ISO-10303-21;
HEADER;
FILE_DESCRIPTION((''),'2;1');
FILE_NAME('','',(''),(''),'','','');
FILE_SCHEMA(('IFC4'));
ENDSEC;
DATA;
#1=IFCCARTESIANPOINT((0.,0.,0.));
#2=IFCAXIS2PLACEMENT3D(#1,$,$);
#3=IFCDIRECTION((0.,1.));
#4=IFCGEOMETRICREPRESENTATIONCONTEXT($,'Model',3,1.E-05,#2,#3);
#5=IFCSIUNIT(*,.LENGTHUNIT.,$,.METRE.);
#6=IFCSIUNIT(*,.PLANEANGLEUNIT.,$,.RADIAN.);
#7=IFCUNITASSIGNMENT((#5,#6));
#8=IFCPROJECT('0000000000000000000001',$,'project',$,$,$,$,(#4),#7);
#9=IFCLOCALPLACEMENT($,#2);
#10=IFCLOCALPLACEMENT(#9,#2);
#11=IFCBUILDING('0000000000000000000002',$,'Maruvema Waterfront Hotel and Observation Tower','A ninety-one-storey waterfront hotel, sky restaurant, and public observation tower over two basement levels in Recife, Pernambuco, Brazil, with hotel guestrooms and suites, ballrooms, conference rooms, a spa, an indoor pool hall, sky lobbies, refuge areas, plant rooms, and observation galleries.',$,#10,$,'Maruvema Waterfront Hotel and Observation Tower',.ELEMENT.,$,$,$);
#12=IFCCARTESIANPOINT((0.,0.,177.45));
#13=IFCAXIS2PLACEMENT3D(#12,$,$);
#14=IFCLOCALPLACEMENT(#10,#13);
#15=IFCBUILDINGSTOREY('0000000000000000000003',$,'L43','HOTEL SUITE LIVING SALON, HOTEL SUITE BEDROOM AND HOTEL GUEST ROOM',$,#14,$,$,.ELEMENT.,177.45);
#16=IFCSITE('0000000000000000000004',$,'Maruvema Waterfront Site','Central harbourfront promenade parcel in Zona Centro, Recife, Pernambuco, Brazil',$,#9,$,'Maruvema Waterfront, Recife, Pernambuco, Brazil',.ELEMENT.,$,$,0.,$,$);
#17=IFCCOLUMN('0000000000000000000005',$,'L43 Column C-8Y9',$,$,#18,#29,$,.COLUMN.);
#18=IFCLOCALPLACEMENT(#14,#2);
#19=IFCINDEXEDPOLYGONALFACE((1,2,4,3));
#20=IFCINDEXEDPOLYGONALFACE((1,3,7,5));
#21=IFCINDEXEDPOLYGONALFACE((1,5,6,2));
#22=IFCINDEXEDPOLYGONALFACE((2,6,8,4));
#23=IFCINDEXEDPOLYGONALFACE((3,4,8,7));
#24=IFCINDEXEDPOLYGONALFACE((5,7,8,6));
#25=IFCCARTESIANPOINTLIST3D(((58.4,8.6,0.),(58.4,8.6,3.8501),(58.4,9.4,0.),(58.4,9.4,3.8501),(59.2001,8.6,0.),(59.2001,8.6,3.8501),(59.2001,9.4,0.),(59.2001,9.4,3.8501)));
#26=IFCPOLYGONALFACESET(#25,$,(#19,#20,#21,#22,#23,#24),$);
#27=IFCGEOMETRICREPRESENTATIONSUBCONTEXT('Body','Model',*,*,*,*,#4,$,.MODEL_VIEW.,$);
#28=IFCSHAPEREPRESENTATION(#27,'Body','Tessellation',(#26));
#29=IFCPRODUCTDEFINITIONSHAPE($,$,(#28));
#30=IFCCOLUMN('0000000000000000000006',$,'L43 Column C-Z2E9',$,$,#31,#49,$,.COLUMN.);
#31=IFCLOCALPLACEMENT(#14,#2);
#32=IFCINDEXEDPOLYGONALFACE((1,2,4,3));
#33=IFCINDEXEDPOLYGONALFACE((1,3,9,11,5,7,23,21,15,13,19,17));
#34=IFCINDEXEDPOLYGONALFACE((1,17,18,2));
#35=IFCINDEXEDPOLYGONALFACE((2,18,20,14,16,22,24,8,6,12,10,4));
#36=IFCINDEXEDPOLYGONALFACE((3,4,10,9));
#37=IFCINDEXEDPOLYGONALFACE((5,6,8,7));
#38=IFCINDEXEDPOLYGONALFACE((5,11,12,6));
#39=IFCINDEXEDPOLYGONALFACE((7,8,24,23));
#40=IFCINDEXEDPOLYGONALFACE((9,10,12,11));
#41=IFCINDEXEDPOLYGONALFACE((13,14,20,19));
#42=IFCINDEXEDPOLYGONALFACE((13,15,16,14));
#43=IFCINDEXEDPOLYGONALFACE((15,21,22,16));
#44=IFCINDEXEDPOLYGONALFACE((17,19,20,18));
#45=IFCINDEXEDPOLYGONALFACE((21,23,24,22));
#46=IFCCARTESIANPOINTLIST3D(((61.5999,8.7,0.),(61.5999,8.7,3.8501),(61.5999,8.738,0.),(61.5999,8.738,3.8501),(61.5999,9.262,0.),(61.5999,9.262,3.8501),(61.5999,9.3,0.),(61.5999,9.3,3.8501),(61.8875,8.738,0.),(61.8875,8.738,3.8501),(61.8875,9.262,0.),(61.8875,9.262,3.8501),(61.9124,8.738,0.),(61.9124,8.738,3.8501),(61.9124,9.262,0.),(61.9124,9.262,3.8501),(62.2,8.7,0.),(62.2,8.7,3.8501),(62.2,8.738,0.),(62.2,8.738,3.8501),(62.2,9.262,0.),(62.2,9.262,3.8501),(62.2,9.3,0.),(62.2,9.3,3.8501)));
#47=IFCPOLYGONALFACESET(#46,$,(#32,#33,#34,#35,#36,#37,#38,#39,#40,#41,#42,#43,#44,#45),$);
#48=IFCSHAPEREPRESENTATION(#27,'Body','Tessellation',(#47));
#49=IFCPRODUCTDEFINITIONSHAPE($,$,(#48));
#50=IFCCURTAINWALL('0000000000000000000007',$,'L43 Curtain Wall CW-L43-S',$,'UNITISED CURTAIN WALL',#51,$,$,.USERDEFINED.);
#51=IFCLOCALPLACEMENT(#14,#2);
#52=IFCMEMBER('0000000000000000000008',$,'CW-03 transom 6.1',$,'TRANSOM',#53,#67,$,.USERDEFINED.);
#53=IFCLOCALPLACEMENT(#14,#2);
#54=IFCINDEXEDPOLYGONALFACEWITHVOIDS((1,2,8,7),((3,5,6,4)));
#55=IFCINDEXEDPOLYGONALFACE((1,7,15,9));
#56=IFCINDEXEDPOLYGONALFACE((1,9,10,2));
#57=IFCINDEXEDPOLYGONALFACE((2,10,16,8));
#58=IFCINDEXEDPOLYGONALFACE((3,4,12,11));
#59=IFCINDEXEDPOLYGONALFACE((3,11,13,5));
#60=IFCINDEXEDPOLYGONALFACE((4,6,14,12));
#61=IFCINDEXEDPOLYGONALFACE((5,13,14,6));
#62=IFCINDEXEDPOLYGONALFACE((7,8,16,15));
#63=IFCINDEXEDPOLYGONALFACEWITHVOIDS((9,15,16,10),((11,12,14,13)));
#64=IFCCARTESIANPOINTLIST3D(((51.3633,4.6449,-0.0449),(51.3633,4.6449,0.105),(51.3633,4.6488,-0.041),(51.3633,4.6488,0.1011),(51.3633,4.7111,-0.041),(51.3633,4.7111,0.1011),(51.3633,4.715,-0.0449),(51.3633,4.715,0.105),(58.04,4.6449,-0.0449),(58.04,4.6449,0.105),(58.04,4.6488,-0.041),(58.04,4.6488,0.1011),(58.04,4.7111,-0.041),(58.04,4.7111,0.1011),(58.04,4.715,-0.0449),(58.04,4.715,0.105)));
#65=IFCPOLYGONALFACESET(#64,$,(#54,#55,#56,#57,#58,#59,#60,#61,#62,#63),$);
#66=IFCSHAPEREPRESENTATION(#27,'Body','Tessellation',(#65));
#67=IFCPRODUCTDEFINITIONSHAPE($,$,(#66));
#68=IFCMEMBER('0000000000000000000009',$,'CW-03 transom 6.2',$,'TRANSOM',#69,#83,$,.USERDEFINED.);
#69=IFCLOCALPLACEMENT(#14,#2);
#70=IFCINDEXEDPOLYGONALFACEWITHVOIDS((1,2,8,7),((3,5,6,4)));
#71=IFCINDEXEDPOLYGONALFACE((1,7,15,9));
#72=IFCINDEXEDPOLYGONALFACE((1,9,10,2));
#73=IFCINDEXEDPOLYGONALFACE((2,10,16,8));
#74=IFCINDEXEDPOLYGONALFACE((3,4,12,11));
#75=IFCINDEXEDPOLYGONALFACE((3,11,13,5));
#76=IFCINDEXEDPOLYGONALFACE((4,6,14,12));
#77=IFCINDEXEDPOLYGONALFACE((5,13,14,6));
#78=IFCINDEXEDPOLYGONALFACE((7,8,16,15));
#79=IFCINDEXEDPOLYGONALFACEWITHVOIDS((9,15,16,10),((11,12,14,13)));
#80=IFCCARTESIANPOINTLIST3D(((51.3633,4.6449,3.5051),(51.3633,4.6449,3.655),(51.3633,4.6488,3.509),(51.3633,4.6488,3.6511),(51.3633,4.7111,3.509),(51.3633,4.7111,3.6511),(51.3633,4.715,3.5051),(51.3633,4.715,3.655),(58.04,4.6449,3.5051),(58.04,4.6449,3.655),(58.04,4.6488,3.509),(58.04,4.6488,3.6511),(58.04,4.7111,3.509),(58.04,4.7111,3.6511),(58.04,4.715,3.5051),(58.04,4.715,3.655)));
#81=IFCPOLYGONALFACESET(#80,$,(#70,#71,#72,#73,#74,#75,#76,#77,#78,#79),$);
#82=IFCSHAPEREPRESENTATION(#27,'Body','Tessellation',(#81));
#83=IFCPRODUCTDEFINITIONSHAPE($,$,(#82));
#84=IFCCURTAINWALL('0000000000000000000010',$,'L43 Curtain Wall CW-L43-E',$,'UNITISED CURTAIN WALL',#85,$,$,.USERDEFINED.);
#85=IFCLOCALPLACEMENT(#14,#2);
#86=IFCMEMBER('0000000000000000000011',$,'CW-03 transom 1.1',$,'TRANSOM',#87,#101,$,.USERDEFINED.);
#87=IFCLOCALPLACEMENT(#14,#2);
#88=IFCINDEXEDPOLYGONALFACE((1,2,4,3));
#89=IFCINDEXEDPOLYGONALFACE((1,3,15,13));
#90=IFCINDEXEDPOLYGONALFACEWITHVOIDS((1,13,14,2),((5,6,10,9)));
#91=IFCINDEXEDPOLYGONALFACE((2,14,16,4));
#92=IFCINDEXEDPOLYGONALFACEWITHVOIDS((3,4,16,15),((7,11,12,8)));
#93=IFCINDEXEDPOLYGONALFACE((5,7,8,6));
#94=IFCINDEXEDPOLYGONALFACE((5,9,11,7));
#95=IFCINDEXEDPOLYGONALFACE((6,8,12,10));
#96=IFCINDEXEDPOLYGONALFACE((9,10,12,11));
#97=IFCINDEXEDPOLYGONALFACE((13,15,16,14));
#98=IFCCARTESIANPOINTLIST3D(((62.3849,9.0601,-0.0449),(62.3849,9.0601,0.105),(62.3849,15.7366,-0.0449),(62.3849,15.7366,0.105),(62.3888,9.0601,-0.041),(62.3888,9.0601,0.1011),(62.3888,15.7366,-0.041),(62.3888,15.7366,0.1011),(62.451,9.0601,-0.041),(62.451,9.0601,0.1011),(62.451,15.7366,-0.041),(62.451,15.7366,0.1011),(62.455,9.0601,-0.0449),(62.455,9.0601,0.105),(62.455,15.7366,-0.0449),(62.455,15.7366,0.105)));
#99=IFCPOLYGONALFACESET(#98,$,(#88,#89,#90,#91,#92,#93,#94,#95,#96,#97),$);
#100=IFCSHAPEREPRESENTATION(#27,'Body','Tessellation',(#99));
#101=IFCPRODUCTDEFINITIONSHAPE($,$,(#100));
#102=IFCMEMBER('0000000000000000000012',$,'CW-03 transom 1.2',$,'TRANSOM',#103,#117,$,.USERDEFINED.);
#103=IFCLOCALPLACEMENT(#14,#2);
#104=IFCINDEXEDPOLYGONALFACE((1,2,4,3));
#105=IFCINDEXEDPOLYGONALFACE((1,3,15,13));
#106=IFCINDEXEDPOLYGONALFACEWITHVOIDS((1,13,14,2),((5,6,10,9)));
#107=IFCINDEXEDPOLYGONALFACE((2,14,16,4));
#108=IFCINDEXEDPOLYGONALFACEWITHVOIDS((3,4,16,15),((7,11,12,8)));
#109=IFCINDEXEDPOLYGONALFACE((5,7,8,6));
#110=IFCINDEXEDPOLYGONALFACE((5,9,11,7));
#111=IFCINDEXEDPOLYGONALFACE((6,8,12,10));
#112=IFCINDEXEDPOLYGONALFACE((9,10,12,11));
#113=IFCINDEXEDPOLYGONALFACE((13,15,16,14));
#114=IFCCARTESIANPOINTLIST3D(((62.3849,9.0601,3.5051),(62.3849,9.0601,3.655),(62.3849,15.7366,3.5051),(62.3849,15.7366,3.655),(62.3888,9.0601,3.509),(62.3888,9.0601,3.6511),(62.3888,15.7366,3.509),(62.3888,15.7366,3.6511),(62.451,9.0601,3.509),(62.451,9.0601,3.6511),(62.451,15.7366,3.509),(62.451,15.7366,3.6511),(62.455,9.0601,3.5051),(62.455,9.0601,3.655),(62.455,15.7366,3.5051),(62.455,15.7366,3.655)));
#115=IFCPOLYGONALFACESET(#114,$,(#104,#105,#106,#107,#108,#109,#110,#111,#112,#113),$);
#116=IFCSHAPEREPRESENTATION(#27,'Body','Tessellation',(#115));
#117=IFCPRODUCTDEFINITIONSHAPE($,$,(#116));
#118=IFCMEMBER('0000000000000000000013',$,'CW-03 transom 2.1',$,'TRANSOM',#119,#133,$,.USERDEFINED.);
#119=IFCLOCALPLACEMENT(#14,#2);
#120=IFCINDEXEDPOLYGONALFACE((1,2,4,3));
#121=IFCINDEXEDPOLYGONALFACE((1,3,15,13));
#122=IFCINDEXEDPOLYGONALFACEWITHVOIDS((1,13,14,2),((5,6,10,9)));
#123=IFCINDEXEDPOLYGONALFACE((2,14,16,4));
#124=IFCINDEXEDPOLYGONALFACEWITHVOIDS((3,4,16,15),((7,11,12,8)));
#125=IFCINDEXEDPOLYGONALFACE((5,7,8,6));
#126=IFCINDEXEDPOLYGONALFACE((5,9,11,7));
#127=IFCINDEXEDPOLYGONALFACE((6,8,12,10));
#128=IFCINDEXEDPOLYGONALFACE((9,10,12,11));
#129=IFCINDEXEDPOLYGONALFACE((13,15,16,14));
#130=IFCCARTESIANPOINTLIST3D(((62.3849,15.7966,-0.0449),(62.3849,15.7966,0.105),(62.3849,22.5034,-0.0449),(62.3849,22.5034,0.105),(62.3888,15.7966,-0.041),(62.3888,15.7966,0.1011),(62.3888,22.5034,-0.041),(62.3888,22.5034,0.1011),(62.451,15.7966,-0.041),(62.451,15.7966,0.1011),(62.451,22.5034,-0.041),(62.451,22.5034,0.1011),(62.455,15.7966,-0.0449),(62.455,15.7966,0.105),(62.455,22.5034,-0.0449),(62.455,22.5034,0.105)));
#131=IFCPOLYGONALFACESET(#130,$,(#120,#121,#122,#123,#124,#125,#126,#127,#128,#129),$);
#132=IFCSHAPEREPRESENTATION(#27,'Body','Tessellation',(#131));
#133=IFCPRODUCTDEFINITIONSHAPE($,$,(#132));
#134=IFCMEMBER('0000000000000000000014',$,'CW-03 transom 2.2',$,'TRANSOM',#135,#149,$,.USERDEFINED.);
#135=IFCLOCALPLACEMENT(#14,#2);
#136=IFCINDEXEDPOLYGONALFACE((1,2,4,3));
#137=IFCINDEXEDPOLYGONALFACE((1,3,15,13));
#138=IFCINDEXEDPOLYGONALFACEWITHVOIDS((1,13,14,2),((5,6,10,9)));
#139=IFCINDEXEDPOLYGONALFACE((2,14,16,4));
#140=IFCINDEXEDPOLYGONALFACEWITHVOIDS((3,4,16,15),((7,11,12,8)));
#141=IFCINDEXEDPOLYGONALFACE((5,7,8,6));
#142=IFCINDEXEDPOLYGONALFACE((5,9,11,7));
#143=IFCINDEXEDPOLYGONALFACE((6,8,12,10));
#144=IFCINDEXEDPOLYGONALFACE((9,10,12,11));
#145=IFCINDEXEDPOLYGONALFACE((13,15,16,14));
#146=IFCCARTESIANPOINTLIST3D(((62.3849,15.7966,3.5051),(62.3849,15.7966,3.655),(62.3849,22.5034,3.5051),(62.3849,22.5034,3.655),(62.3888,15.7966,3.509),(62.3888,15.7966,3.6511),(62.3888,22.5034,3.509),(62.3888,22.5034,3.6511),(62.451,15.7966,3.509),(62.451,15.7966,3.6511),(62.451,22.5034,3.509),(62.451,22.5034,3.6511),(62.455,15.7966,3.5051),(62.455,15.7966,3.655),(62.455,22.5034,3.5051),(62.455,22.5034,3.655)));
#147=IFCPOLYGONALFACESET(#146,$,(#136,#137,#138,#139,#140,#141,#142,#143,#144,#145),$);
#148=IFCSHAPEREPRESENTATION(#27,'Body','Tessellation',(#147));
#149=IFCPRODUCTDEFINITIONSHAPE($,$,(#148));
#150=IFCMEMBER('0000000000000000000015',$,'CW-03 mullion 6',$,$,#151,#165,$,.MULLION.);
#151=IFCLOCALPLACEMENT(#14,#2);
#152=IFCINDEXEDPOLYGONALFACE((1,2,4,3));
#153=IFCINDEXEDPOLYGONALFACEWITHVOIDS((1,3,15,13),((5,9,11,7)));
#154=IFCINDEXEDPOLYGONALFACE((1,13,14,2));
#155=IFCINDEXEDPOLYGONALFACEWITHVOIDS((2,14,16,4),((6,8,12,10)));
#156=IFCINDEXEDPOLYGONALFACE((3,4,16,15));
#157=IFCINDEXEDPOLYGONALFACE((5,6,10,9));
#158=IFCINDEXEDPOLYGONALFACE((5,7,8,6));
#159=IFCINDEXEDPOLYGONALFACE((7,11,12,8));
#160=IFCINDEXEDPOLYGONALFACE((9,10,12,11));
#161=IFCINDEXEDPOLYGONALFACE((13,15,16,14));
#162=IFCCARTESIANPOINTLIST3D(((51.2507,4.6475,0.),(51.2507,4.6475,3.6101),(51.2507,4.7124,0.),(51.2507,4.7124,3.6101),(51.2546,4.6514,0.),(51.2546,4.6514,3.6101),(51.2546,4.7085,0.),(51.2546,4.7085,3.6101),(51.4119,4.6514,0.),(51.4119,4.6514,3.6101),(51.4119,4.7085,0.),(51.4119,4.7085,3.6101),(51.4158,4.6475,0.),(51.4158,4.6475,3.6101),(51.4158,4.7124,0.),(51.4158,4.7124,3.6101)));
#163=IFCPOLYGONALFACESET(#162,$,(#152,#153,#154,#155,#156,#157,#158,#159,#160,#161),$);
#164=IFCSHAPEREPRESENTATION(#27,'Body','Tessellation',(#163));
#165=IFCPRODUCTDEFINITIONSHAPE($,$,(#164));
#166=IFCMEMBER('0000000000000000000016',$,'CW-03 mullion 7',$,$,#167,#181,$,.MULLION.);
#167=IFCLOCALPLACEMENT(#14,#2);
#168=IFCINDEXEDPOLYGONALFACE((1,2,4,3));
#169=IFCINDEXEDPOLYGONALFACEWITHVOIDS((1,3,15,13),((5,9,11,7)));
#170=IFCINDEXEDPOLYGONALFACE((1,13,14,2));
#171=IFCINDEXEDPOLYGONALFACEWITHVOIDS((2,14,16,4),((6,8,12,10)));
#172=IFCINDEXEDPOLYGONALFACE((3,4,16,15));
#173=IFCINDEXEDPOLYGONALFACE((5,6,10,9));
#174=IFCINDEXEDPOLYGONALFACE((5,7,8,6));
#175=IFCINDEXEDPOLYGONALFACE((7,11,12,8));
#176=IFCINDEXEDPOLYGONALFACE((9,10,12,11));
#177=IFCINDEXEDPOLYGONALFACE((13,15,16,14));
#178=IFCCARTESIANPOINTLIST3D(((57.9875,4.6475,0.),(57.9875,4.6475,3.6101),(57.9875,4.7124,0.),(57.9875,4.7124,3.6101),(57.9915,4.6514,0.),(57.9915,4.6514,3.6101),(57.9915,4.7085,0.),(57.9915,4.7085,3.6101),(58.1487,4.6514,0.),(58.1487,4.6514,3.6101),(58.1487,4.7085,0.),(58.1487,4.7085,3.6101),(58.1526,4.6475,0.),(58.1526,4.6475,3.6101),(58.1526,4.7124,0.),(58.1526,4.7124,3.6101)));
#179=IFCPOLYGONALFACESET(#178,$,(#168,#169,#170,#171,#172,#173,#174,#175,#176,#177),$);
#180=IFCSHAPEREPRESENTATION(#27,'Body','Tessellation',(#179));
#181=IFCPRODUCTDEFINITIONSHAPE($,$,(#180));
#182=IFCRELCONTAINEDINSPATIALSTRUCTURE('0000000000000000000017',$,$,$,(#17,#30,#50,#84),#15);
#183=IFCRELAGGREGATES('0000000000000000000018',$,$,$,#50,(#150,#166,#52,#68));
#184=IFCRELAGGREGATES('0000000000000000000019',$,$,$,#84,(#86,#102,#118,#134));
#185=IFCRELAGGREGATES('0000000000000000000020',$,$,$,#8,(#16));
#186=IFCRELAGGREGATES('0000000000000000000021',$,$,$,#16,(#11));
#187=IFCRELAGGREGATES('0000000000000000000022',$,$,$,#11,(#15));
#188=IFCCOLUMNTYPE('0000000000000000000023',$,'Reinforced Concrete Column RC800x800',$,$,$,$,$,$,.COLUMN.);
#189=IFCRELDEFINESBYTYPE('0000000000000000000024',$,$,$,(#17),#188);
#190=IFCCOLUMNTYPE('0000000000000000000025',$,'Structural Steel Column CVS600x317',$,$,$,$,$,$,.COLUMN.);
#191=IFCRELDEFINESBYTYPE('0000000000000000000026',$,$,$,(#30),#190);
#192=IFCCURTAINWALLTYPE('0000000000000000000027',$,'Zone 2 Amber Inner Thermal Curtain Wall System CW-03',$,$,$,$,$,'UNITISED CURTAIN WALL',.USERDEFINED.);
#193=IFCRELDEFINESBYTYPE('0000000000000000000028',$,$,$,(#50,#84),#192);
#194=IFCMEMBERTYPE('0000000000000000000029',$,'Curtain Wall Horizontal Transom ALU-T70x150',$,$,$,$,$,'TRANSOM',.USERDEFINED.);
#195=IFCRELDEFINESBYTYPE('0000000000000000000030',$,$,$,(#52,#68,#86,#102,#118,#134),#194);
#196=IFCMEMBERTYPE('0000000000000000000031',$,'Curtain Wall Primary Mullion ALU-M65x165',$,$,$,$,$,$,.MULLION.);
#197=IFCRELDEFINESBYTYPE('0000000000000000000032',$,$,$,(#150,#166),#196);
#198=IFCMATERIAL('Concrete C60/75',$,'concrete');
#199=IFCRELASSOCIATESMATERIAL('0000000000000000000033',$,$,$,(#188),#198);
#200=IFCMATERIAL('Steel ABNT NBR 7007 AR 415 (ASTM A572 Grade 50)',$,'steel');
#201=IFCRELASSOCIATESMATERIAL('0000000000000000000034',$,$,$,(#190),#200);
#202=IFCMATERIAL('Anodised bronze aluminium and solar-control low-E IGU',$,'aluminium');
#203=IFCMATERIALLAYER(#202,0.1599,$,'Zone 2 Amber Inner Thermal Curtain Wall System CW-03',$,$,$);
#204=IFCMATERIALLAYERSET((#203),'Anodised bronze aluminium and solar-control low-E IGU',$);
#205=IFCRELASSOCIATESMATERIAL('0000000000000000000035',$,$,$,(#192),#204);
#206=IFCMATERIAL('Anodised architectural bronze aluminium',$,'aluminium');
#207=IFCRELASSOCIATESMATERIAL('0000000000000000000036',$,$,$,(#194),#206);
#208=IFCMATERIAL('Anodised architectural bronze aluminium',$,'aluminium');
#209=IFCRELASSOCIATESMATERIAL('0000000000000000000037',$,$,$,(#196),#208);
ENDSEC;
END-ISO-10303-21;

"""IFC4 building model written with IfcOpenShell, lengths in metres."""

from ifc_helpers import new_model, si_unit, direction, frame, origin, origin_2d, place, context, subcontext, project, spatial, rectangle, hollow_rectangle, i_section, extrude, material, layer, layer_set, material_profile, profile_set, type_object, element, aggregate, save


model = new_model("IFC4")

# Units and contexts
model_context = context("Model", 3, precision=1e-05, world=origin(), true_north=direction((0.0, 1.0)))
body_context = subcontext(model_context, "Body", "Model", "MODEL_VIEW")
ifc_project = project(units=[si_unit("LENGTHUNIT", "METRE"), si_unit("PLANEANGLEUNIT", "RADIAN")], contexts=[model_context])

# Site, building, storey
site_placement = place(None, origin())
site = spatial("IfcSite", under=ifc_project, at=site_placement, Name="Maruvema Waterfront Site", Description="Central harbourfront promenade parcel in Zona Centro, Recife, Pernambuco, Brazil", LongName="Maruvema Waterfront, Recife, Pernambuco, Brazil", CompositionType="ELEMENT", RefElevation=0.0)
building_placement = place(site_placement, origin())
building = spatial("IfcBuilding", under=site, at=building_placement, Name="Maruvema Waterfront Hotel and Observation Tower", Description="A ninety-one-storey waterfront hotel, sky restaurant, and public observation tower over two basement levels in Recife, Pernambuco, Brazil, with hotel guestrooms and suites, ballrooms, conference rooms, a spa, an indoor pool hall, sky lobbies, refuge areas, plant rooms, and observation galleries.", LongName="Maruvema Waterfront Hotel and Observation Tower", CompositionType="ELEMENT")
storey_placement = place(building_placement, frame((0.0, 0.0, 177.45)))
storey = spatial("IfcBuildingStorey", under=building, at=storey_placement, Name="L43", Description="HOTEL SUITE LIVING SALON, HOTEL SUITE BEDROOM AND HOTEL GUEST ROOM", CompositionType="ELEMENT", Elevation=177.45)

# Columns
ifc_material_1 = material(Name="Concrete C60/75", Category="concrete")
ifc_material_profile_1 = material_profile(ifc_material_1, rectangle(XDim=0.8, YDim=0.8, at=origin_2d()), Name="RC800x800")
ifc_profile_set_1 = profile_set([ifc_material_profile_1], Name="Concrete C60/75")
column_type_1 = type_object("IfcColumnType", Name="Reinforced Concrete Column RC800x800", PredefinedType="COLUMN", material=ifc_profile_set_1)
column_1_placement = place(storey_placement, frame((58.8, 9.0, 0.0), z_axis=(0.0, 0.0, 1.0), x_axis=(1.0, 0.0, 0.0)))
element("IfcColumn", 1, at=column_1_placement, inside=storey, type_object=column_type_1, Name="L43 Column C-8Y9", PredefinedType="COLUMN", context=body_context, shape_type="SweptSolid", body=[
    extrude(rectangle(XDim=0.8, YDim=0.8, at=origin_2d()), origin(), (0.0, 0.0, 1.0), 3.8501),
])
ifc_material_2 = material(Name="Steel ABNT NBR 7007 AR 415 (ASTM A572 Grade 50)", Category="steel")
ifc_material_profile_2 = material_profile(ifc_material_2, i_section(OverallWidth=0.6001, OverallDepth=0.6001, WebThickness=0.0249, FlangeThickness=0.0381, at=origin_2d()), Name="CVS600x317")
ifc_profile_set_2 = profile_set([ifc_material_profile_2], Name="Steel ABNT NBR 7007 AR 415 (ASTM A572 Grade 50)")
column_type_2 = type_object("IfcColumnType", Name="Structural Steel Column CVS600x317", PredefinedType="COLUMN", material=ifc_profile_set_2)
column_2_placement = place(storey_placement, frame((61.8999, 9.0, 0.0), z_axis=(0.0, 0.0, 1.0), x_axis=(1.0, 0.0, 0.0)))
element("IfcColumn", 2, at=column_2_placement, inside=storey, type_object=column_type_2, Name="L43 Column C-Z2E9", PredefinedType="COLUMN", context=body_context, shape_type="SweptSolid", body=[
    extrude(i_section(OverallWidth=0.6001, OverallDepth=0.6001, WebThickness=0.0249, FlangeThickness=0.0381, at=origin_2d()), origin(), (0.0, 0.0, 1.0), 3.8501),
])

# Curtain walls, members
ifc_material_3 = material(Name="Anodised bronze aluminium and solar-control low-E IGU", Category="aluminium")
ifc_layer_1 = layer(ifc_material_3, 0.1599, Name="Zone 2 Amber Inner Thermal Curtain Wall System CW-03")
ifc_layer_set_1 = layer_set([ifc_layer_1], Name="Anodised bronze aluminium and solar-control low-E IGU")
curtain_wall_type = type_object("IfcCurtainWallType", Name="Zone 2 Amber Inner Thermal Curtain Wall System CW-03", ElementType="UNITISED CURTAIN WALL", PredefinedType="USERDEFINED", material=ifc_layer_set_1)
curtain_wall_1_placement = place(storey_placement, origin())
curtain_wall_1 = element("IfcCurtainWall", 3, at=curtain_wall_1_placement, inside=storey, type_object=curtain_wall_type, Name="L43 Curtain Wall CW-L43-S", ObjectType="UNITISED CURTAIN WALL", PredefinedType="USERDEFINED")
ifc_material_4 = material(Name="Anodised architectural bronze aluminium", Category="aluminium")
ifc_material_profile_3 = material_profile(ifc_material_4, hollow_rectangle(XDim=0.0701, YDim=0.1499, WallThickness=0.0039, at=origin_2d()), Name="ALU-T70x150")
ifc_profile_set_3 = profile_set([ifc_material_profile_3], Name="Anodised architectural bronze aluminium")
member_type_1 = type_object("IfcMemberType", Name="Curtain Wall Horizontal Transom ALU-T70x150", ElementType="TRANSOM", PredefinedType="USERDEFINED", material=ifc_profile_set_3)
member_1_placement = place(storey_placement, frame((51.3633, 4.6799, 0.03), z_axis=(1.0, 0.0, 0.0), x_axis=(0.0, 1.0, 0.0)))
member_1 = element("IfcMember", 4, at=member_1_placement, type_object=member_type_1, Name="CW-03 transom 6.1", ObjectType="TRANSOM", PredefinedType="USERDEFINED", context=body_context, shape_type="SweptSolid", body=[
    extrude(hollow_rectangle(XDim=0.0701, YDim=0.1499, WallThickness=0.0039, at=origin_2d()), origin(), (0.0, 0.0, 1.0), 6.6768),
])
member_2_placement = place(storey_placement, frame((51.3633, 4.6799, 3.5801), z_axis=(1.0, 0.0, 0.0), x_axis=(0.0, 1.0, 0.0)))
member_2 = element("IfcMember", 5, at=member_2_placement, type_object=member_type_1, Name="CW-03 transom 6.2", ObjectType="TRANSOM", PredefinedType="USERDEFINED", context=body_context, shape_type="SweptSolid", body=[
    extrude(hollow_rectangle(XDim=0.0701, YDim=0.1499, WallThickness=0.0039, at=origin_2d()), origin(), (0.0, 0.0, 1.0), 6.6768),
])
curtain_wall_2_placement = place(storey_placement, origin())
curtain_wall_2 = element("IfcCurtainWall", 6, at=curtain_wall_2_placement, inside=storey, type_object=curtain_wall_type, Name="L43 Curtain Wall CW-L43-E", ObjectType="UNITISED CURTAIN WALL", PredefinedType="USERDEFINED")
member_3_placement = place(storey_placement, frame((62.4199, 9.0601, 0.03), z_axis=(0.0, 1.0, 0.0), x_axis=(-1.0, 0.0, 0.0)))
member_3 = element("IfcMember", 7, at=member_3_placement, type_object=member_type_1, Name="CW-03 transom 1.1", ObjectType="TRANSOM", PredefinedType="USERDEFINED", context=body_context, shape_type="SweptSolid", body=[
    extrude(hollow_rectangle(XDim=0.0701, YDim=0.1499, WallThickness=0.0039, at=origin_2d()), origin(), (0.0, 0.0, 1.0), 6.6765),
])
member_4_placement = place(storey_placement, frame((62.4199, 9.0601, 3.5801), z_axis=(0.0, 1.0, 0.0), x_axis=(-1.0, 0.0, 0.0)))
member_4 = element("IfcMember", 8, at=member_4_placement, type_object=member_type_1, Name="CW-03 transom 1.2", ObjectType="TRANSOM", PredefinedType="USERDEFINED", context=body_context, shape_type="SweptSolid", body=[
    extrude(hollow_rectangle(XDim=0.0701, YDim=0.1499, WallThickness=0.0039, at=origin_2d()), origin(), (0.0, 0.0, 1.0), 6.6765),
])
member_5_placement = place(storey_placement, frame((62.4199, 15.7966, 0.03), z_axis=(0.0, 1.0, 0.0), x_axis=(-1.0, 0.0, 0.0)))
member_5 = element("IfcMember", 9, at=member_5_placement, type_object=member_type_1, Name="CW-03 transom 2.1", ObjectType="TRANSOM", PredefinedType="USERDEFINED", context=body_context, shape_type="SweptSolid", body=[
    extrude(hollow_rectangle(XDim=0.0701, YDim=0.1499, WallThickness=0.0039, at=origin_2d()), origin(), (0.0, 0.0, 1.0), 6.7068),
])
member_6_placement = place(storey_placement, frame((62.4199, 15.7966, 3.5801), z_axis=(0.0, 1.0, 0.0), x_axis=(-1.0, 0.0, 0.0)))
member_6 = element("IfcMember", 10, at=member_6_placement, type_object=member_type_1, Name="CW-03 transom 2.2", ObjectType="TRANSOM", PredefinedType="USERDEFINED", context=body_context, shape_type="SweptSolid", body=[
    extrude(hollow_rectangle(XDim=0.0701, YDim=0.1499, WallThickness=0.0039, at=origin_2d()), origin(), (0.0, 0.0, 1.0), 6.7068),
])

# Members
ifc_material_5 = material(Name="Anodised architectural bronze aluminium", Category="aluminium")
ifc_material_profile_4 = material_profile(ifc_material_5, hollow_rectangle(XDim=0.0649, YDim=0.165, WallThickness=0.0039, at=origin_2d()), Name="ALU-M65x165")
ifc_profile_set_4 = profile_set([ifc_material_profile_4], Name="Anodised architectural bronze aluminium")
member_type_2 = type_object("IfcMemberType", Name="Curtain Wall Primary Mullion ALU-M65x165", PredefinedType="MULLION", material=ifc_profile_set_4)
member_7_placement = place(storey_placement, frame((51.3333, 4.6799, 0.0), z_axis=(0.0, 0.0, 1.0), x_axis=(0.0, 1.0, 0.0)))
member_7 = element("IfcMember", 11, at=member_7_placement, type_object=member_type_2, Name="CW-03 mullion 6", PredefinedType="MULLION", context=body_context, shape_type="SweptSolid", body=[
    extrude(hollow_rectangle(XDim=0.0649, YDim=0.165, WallThickness=0.0039, at=origin_2d()), origin(), (0.0, 0.0, 1.0), 3.6101),
])
member_8_placement = place(storey_placement, frame((58.0701, 4.6799, 0.0), z_axis=(0.0, 0.0, 1.0), x_axis=(0.0, 1.0, 0.0)))
member_8 = element("IfcMember", 12, at=member_8_placement, type_object=member_type_2, Name="CW-03 mullion 7", PredefinedType="MULLION", context=body_context, shape_type="SweptSolid", body=[
    extrude(hollow_rectangle(XDim=0.0649, YDim=0.165, WallThickness=0.0039, at=origin_2d()), origin(), (0.0, 0.0, 1.0), 3.6101),
])

aggregate(curtain_wall_1, [member_7, member_8, member_1, member_2])
aggregate(curtain_wall_2, [member_3, member_4, member_5, member_6])

save(model, "model.ifc")
